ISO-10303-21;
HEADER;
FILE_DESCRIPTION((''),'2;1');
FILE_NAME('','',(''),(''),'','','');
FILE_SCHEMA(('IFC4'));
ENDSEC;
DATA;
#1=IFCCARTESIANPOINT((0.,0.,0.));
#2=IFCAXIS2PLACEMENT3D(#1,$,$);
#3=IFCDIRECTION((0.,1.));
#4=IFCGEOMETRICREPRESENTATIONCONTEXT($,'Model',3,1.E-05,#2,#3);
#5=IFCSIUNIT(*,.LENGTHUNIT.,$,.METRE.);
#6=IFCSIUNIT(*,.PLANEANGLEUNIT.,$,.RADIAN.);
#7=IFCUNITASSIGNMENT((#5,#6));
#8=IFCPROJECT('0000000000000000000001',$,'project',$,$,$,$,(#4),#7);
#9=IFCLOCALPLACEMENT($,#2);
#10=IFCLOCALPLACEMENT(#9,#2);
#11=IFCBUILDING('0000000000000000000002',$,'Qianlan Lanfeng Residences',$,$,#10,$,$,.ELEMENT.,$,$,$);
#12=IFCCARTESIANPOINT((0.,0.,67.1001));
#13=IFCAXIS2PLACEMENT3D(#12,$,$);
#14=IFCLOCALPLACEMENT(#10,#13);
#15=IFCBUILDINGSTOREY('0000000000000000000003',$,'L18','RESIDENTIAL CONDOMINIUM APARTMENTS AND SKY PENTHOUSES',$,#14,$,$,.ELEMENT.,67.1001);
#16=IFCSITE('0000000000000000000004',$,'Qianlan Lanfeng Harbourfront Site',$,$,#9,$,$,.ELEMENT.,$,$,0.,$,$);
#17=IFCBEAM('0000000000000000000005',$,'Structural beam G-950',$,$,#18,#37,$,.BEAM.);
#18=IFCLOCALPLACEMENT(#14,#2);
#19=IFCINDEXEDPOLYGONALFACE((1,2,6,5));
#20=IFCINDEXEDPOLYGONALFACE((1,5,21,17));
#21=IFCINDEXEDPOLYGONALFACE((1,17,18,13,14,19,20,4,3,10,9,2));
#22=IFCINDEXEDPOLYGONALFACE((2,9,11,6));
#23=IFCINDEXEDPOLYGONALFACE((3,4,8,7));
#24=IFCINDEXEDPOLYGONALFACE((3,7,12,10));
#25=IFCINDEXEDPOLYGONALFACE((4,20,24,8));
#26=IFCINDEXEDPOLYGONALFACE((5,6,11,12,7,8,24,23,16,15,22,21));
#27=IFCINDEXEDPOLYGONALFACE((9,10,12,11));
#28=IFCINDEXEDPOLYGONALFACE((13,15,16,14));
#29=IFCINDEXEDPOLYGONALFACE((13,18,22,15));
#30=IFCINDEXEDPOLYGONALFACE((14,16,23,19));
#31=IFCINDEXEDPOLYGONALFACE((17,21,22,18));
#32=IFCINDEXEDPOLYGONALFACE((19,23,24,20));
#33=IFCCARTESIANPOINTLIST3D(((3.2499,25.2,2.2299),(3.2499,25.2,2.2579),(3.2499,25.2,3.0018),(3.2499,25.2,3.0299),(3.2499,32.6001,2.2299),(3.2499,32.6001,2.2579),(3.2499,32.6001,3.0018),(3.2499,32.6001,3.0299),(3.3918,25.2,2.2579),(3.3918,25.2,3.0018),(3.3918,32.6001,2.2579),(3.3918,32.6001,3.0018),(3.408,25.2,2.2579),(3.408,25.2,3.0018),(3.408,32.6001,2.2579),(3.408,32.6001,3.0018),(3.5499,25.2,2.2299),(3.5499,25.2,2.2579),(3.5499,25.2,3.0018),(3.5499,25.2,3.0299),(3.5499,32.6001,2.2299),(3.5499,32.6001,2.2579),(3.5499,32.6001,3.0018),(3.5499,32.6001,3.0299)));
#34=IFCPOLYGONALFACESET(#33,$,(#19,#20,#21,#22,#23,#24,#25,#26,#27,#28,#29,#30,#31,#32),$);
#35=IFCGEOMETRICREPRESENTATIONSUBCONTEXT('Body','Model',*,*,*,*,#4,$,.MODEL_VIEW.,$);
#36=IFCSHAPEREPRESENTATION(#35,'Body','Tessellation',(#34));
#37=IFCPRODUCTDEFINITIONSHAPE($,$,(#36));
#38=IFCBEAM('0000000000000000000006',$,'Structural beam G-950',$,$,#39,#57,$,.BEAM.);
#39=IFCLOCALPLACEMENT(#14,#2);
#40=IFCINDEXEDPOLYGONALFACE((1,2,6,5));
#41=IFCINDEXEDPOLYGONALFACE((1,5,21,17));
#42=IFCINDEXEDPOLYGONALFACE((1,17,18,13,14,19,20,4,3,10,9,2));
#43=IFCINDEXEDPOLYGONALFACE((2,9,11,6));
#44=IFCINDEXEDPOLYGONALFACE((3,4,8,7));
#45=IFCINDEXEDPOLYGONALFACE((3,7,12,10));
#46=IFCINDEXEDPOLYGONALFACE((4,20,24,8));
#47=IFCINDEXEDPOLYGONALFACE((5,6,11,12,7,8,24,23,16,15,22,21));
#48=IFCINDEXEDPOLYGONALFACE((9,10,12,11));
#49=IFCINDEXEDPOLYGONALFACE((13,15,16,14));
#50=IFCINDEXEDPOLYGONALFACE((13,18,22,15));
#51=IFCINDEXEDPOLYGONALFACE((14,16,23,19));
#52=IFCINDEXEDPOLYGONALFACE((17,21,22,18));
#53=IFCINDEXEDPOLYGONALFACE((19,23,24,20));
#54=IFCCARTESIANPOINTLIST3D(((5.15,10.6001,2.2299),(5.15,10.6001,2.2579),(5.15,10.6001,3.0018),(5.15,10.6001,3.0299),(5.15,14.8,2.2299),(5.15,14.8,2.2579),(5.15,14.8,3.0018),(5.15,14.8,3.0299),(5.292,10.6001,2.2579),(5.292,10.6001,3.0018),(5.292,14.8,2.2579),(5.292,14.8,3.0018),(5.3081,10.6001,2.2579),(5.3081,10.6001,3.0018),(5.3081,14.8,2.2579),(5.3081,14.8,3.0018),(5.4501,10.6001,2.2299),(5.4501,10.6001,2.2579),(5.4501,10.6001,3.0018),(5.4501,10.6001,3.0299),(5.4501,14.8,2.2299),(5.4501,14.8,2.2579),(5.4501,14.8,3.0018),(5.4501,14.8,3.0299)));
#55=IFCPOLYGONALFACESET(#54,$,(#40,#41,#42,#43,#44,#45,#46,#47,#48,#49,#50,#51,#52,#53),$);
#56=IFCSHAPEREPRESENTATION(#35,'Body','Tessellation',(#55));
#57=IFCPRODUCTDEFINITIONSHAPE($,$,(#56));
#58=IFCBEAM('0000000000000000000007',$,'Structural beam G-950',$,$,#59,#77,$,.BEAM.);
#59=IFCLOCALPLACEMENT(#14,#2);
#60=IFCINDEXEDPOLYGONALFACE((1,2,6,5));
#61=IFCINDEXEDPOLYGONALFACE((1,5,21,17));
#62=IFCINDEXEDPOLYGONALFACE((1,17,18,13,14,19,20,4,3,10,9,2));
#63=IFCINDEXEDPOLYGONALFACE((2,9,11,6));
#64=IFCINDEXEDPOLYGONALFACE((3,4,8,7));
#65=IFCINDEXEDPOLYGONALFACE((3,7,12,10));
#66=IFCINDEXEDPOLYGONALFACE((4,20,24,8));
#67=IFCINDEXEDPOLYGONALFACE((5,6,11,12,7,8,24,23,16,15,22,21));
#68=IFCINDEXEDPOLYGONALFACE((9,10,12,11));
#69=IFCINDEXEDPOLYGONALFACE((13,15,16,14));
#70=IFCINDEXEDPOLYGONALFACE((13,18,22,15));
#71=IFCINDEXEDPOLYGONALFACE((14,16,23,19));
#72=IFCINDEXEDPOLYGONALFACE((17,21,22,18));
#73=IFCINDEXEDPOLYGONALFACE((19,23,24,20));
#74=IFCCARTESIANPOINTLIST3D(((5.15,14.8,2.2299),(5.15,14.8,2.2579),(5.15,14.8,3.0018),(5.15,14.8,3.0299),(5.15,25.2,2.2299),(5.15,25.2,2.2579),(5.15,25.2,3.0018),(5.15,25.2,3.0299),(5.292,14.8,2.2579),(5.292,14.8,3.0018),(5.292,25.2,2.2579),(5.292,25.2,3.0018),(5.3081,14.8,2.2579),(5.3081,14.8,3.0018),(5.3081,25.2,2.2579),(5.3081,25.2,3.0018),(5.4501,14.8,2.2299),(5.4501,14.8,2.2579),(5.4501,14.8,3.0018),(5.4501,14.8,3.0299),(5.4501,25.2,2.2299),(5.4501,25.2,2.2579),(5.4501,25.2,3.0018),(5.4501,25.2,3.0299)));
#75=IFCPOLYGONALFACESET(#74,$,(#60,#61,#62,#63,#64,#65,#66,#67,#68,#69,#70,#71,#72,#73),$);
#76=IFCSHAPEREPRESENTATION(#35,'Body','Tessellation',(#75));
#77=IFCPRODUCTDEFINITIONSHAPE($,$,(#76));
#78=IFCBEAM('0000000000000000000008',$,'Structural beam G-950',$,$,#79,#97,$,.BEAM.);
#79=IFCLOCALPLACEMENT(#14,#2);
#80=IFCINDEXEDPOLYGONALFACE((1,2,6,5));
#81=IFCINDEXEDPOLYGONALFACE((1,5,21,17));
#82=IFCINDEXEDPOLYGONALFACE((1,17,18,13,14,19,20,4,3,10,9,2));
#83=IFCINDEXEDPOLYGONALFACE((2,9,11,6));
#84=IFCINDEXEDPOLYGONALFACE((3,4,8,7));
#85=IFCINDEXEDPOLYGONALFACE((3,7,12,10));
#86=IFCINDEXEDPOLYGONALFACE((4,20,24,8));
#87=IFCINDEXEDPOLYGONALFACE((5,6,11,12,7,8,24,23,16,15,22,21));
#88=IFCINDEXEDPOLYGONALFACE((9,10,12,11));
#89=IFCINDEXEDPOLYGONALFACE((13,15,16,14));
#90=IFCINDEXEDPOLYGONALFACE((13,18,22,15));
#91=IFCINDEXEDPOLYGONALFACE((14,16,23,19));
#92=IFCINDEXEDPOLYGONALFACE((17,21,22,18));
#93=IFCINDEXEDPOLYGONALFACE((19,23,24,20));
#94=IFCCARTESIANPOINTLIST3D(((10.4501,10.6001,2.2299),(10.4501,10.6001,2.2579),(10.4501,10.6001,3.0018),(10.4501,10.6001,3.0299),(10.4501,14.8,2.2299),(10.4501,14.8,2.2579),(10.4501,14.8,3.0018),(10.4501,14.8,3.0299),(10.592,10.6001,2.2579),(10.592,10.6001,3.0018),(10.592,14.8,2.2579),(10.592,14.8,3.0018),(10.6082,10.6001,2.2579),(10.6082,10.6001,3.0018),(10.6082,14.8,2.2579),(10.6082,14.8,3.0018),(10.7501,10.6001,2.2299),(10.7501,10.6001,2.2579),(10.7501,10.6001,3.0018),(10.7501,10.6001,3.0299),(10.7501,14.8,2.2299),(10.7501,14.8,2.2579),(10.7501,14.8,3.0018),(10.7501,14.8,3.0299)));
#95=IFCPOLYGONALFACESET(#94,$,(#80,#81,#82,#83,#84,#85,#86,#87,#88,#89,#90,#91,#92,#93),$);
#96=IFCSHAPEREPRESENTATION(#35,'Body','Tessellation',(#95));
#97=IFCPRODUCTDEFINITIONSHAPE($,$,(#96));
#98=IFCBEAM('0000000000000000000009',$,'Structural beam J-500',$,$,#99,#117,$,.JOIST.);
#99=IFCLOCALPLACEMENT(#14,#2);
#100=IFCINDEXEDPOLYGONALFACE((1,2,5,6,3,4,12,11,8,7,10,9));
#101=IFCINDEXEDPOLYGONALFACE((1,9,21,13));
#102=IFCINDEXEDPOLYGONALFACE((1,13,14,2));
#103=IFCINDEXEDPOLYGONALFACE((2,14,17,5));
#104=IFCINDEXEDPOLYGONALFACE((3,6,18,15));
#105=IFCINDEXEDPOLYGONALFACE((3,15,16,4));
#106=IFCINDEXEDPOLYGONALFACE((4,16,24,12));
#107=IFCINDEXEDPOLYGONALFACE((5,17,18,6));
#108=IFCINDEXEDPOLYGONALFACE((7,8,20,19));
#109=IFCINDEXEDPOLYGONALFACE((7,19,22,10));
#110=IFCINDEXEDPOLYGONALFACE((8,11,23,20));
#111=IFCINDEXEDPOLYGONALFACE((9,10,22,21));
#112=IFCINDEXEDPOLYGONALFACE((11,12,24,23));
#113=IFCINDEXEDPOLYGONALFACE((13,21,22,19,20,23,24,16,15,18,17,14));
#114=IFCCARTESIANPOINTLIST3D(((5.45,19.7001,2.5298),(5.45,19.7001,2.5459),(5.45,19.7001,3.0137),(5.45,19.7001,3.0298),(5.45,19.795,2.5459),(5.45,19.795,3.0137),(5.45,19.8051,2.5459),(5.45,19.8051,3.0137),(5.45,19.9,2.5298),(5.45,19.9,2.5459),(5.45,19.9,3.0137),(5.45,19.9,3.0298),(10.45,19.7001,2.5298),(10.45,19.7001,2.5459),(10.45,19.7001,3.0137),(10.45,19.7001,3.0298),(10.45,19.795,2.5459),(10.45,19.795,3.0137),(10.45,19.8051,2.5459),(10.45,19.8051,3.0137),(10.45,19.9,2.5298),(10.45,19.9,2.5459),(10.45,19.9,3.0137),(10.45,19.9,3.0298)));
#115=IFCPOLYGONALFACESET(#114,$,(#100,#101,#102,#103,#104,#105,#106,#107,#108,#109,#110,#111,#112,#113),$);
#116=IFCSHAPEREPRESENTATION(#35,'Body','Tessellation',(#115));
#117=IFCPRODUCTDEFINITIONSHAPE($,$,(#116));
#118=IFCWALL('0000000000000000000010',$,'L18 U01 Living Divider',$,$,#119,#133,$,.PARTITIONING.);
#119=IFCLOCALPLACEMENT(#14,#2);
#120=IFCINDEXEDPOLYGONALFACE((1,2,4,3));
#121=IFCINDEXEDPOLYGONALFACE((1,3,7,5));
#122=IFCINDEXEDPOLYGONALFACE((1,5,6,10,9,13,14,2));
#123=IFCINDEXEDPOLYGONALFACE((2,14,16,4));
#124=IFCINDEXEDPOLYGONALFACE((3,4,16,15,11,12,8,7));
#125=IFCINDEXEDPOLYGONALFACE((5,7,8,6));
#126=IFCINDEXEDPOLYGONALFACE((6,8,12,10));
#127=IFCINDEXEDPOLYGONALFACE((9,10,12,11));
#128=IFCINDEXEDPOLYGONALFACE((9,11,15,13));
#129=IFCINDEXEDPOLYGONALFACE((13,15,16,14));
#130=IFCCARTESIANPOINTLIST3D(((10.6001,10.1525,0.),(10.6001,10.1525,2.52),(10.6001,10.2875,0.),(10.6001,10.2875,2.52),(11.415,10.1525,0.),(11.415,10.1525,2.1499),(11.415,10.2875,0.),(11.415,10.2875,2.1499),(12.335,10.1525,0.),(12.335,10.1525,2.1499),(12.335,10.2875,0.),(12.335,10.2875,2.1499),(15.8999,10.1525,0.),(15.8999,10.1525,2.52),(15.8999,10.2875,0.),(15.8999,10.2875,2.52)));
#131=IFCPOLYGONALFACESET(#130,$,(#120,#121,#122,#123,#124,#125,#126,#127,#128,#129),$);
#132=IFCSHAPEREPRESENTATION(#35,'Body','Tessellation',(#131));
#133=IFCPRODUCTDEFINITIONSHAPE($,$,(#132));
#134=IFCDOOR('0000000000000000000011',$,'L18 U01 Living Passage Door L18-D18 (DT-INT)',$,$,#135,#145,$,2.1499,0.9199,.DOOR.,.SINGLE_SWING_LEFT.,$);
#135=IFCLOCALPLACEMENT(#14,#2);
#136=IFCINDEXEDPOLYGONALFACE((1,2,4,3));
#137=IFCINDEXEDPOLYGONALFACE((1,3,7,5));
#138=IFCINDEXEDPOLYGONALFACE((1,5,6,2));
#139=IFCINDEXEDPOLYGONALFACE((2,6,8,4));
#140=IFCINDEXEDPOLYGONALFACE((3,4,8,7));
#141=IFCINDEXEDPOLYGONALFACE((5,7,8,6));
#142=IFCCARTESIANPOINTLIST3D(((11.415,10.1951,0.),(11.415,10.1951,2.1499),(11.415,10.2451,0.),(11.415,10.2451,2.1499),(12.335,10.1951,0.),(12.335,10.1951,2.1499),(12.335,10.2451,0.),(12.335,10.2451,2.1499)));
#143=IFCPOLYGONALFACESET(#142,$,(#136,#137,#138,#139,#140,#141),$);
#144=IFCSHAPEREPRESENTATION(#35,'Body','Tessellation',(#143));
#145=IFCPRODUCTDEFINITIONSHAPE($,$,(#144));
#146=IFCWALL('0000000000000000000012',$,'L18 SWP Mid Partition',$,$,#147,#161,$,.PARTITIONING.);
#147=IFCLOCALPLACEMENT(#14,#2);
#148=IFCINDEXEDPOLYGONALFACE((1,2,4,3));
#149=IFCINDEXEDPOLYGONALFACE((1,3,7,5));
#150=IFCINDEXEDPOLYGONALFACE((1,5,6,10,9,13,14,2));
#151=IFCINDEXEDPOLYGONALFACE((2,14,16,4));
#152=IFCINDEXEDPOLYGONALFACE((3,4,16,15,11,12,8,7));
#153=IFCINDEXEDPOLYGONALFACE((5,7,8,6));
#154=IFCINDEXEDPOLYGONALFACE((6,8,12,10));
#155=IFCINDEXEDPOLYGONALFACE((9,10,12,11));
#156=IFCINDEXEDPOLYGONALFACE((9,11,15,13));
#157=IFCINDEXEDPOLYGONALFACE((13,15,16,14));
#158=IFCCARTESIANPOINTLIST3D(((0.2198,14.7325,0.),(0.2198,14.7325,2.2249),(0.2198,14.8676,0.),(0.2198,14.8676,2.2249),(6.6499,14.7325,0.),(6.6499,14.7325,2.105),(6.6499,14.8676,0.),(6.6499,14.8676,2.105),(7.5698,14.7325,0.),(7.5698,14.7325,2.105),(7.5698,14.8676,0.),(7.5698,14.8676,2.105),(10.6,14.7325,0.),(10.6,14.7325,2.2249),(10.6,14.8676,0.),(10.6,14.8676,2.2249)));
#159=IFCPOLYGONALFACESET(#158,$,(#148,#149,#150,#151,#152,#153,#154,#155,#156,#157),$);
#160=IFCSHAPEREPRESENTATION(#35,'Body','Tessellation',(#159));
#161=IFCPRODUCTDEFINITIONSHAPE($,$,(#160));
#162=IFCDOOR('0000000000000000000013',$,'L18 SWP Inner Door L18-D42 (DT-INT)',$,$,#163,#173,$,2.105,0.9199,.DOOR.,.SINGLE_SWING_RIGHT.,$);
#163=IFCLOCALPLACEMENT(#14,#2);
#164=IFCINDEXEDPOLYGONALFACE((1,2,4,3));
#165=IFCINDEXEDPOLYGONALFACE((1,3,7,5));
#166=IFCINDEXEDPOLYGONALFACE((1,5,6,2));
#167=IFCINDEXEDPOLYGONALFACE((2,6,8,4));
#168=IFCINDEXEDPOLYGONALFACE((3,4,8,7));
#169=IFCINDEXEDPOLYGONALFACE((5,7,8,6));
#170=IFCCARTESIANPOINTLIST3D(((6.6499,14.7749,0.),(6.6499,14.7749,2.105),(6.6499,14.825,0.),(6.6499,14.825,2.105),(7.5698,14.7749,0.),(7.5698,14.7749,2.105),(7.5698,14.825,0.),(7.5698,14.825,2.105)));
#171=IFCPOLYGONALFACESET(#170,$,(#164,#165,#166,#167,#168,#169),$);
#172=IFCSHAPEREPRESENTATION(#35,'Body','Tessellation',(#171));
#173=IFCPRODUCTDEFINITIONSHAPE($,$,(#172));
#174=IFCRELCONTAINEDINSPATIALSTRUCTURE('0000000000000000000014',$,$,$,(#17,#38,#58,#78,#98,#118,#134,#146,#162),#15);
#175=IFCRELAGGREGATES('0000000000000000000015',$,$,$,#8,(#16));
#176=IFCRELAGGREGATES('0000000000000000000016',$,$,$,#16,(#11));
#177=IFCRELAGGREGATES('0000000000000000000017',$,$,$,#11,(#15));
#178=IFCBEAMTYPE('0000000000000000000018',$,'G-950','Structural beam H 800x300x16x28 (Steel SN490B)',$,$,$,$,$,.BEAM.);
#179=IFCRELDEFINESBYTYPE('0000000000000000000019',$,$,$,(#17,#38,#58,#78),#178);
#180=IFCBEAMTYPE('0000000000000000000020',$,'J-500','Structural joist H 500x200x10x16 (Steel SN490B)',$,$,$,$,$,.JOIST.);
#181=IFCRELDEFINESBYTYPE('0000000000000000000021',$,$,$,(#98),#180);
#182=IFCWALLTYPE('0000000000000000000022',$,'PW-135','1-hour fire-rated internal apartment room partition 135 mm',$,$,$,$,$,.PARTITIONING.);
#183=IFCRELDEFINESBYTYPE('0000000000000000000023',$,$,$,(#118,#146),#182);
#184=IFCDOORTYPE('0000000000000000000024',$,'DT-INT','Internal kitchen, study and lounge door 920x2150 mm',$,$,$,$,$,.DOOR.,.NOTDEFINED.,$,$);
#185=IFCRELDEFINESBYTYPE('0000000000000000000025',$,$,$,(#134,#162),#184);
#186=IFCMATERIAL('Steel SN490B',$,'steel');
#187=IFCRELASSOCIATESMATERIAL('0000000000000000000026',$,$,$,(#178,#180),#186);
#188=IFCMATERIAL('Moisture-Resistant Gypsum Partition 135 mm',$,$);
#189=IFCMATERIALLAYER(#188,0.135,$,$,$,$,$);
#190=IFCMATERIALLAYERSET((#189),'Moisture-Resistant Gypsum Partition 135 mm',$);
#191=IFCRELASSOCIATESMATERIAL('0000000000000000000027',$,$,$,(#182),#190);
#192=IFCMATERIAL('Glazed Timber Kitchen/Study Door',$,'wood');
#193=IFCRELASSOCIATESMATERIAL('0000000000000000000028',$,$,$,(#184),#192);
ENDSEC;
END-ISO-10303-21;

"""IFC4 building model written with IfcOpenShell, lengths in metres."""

from ifc_helpers import new_model, si_unit, direction, frame, frame_2d, origin, origin_2d, place, context, subcontext, project, spatial, rectangle, i_section, extrude, material, layer, layer_set, material_profile, profile_set, type_object, element, fill, save


model = new_model("IFC4")

# Units and contexts
model_context = context("Model", 3, precision=1e-05, world=origin(), true_north=direction((0.0, 1.0)))
body_context = subcontext(model_context, "Body", "Model", "MODEL_VIEW")
ifc_project = project(units=[si_unit("LENGTHUNIT", "METRE"), si_unit("PLANEANGLEUNIT", "RADIAN")], contexts=[model_context])

# Site, building, storey
site_placement = place(None, origin())
site = spatial("IfcSite", under=ifc_project, at=site_placement, Name="Qianlan Lanfeng Harbourfront Site", CompositionType="ELEMENT", RefElevation=0.0)
building_placement = place(site_placement, origin())
building = spatial("IfcBuilding", under=site, at=building_placement, Name="Qianlan Lanfeng Residences", CompositionType="ELEMENT")
storey_placement = place(building_placement, frame((0.0, 0.0, 67.1001)))
storey = spatial("IfcBuildingStorey", under=building, at=storey_placement, Name="L18", Description="RESIDENTIAL CONDOMINIUM APARTMENTS AND SKY PENTHOUSES", CompositionType="ELEMENT", Elevation=67.1001)

# Shared definitions
ifc_material_1 = material(Name="Steel SN490B", Category="steel")

# Beams
ifc_material_profile_1 = material_profile(ifc_material_1, i_section(OverallWidth=0.3, OverallDepth=0.8, WebThickness=0.0161, FlangeThickness=0.0281, at=origin_2d()), Name="H 800x300x16x28")
ifc_profile_set_1 = profile_set([ifc_material_profile_1], Name="Steel SN490B")
beam_type_1 = type_object("IfcBeamType", Name="G-950", Description="Structural beam H 800x300x16x28 (Steel SN490B)", PredefinedType="BEAM", material=ifc_profile_set_1)
beam_1_placement = place(storey_placement, frame((3.3999, 25.2, 2.6299), z_axis=(0.0, 1.0, 0.0), x_axis=(-1.0, 0.0, 0.0)))
element("IfcBeam", 1, at=beam_1_placement, inside=storey, type_object=beam_type_1, Name="Structural beam G-950", PredefinedType="BEAM", context=body_context, shape_type="SweptSolid", body=[
    extrude(i_section(OverallWidth=0.3, OverallDepth=0.8, WebThickness=0.0161, FlangeThickness=0.0281, at=origin_2d()), origin(), (0.0, 0.0, 1.0), 7.4001),
])
beam_2_placement = place(storey_placement, frame((5.3, 10.6001, 2.6299), z_axis=(0.0, 1.0, 0.0), x_axis=(-1.0, 0.0, 0.0)))
element("IfcBeam", 2, at=beam_2_placement, inside=storey, type_object=beam_type_1, Name="Structural beam G-950", PredefinedType="BEAM", context=body_context, shape_type="SweptSolid", body=[
    extrude(i_section(OverallWidth=0.3, OverallDepth=0.8, WebThickness=0.0161, FlangeThickness=0.0281, at=origin_2d()), origin(), (0.0, 0.0, 1.0), 4.2),
])
beam_3_placement = place(storey_placement, frame((5.3, 14.8, 2.6299), z_axis=(0.0, 1.0, 0.0), x_axis=(-1.0, 0.0, 0.0)))
element("IfcBeam", 3, at=beam_3_placement, inside=storey, type_object=beam_type_1, Name="Structural beam G-950", PredefinedType="BEAM", context=body_context, shape_type="SweptSolid", body=[
    extrude(i_section(OverallWidth=0.3, OverallDepth=0.8, WebThickness=0.0161, FlangeThickness=0.0281, at=origin_2d()), origin(), (0.0, 0.0, 1.0), 10.3999),
])
beam_4_placement = place(storey_placement, frame((10.6001, 10.6001, 2.6299), z_axis=(0.0, 1.0, 0.0), x_axis=(-1.0, 0.0, 0.0)))
element("IfcBeam", 4, at=beam_4_placement, inside=storey, type_object=beam_type_1, Name="Structural beam G-950", PredefinedType="BEAM", context=body_context, shape_type="SweptSolid", body=[
    extrude(i_section(OverallWidth=0.3, OverallDepth=0.8, WebThickness=0.0161, FlangeThickness=0.0281, at=origin_2d()), origin(), (0.0, 0.0, 1.0), 4.2),
])
ifc_material_profile_2 = material_profile(ifc_material_1, i_section(OverallWidth=0.2, OverallDepth=0.5, WebThickness=0.01, FlangeThickness=0.0161, at=origin_2d()), Name="H 500x200x10x16")
ifc_profile_set_2 = profile_set([ifc_material_profile_2], Name="Steel SN490B")
beam_type_2 = type_object("IfcBeamType", Name="J-500", Description="Structural joist H 500x200x10x16 (Steel SN490B)", PredefinedType="JOIST", material=ifc_profile_set_2)
beam_5_placement = place(storey_placement, frame((5.45, 19.8, 2.7798), z_axis=(1.0, 0.0, 0.0), x_axis=(0.0, 1.0, 0.0)))
element("IfcBeam", 5, at=beam_5_placement, inside=storey, type_object=beam_type_2, Name="Structural beam J-500", PredefinedType="JOIST", context=body_context, shape_type="SweptSolid", body=[
    extrude(i_section(OverallWidth=0.2, OverallDepth=0.5, WebThickness=0.01, FlangeThickness=0.0161, at=origin_2d()), origin(), (0.0, 0.0, 1.0), 5.0),
])

# Walls, openings, doors
ifc_material_2 = material(Name="Moisture-Resistant Gypsum Partition 135 mm")
ifc_layer_1 = layer(ifc_material_2, 0.135)
ifc_layer_set_1 = layer_set([ifc_layer_1], Name="Moisture-Resistant Gypsum Partition 135 mm")
wall_type_1 = type_object("IfcWallType", Name="PW-135", Description="1-hour fire-rated internal apartment room partition 135 mm", PredefinedType="PARTITIONING", material=ifc_layer_set_1)
wall_1_placement = place(storey_placement, frame((10.6001, 10.22, 0.0), z_axis=(0.0, 0.0, 1.0), x_axis=(1.0, 0.0, 0.0)))
wall_1 = element("IfcWall", 6, at=wall_1_placement, inside=storey, type_object=wall_type_1, Name="L18 U01 Living Divider", PredefinedType="PARTITIONING", context=body_context, shape_type="SweptSolid", body=[
    extrude(rectangle(XDim=5.2998, YDim=0.135, at=frame_2d((2.6499, 0.0))), origin(), (0.0, 0.0, 1.0), 2.52),
])
opening_1_placement = place(wall_1_placement, frame((0.8149, 0.0, 0.0)))
opening_1 = element("IfcOpeningElement", 7, at=opening_1_placement, cuts=wall_1, PredefinedType="OPENING", context=body_context, shape_type="SweptSolid", body=[
    extrude(rectangle(XDim=0.9199, YDim=2.1499, at=frame_2d((0.46, 1.075))), frame((0.0, 0.0776, 0.0), z_axis=(0.0, -1.0, 0.0), x_axis=(1.0, 0.0, 0.0)), (0.0, 0.0, 1.0), 0.155),
])
ifc_material_3 = material(Name="Glazed Timber Kitchen/Study Door", Category="wood")
door_type_1 = type_object("IfcDoorType", Name="DT-INT", Description="Internal kitchen, study and lounge door 920x2150 mm", OperationType="NOTDEFINED", PredefinedType="DOOR", material=ifc_material_3)
door_1_placement = place(opening_1_placement, frame((0.9199, 0.0, 0.0), z_axis=(0.0, 0.0, 1.0), x_axis=(-1.0, 0.0, 0.0)))
door_1 = element("IfcDoor", 8, at=door_1_placement, inside=storey, type_object=door_type_1, Name="L18 U01 Living Passage Door L18-D18 (DT-INT)", OperationType="SINGLE_SWING_LEFT", OverallHeight=2.1499, OverallWidth=0.9199, PredefinedType="DOOR", context=body_context, shape_type="SweptSolid", body=[
    extrude(rectangle(XDim=0.9199, YDim=2.1499, at=frame_2d((0.46, 1.075))), frame((0.0, 0.0249, 0.0), z_axis=(0.0, -1.0, 0.0), x_axis=(1.0, 0.0, 0.0)), (0.0, 0.0, 1.0), 0.05),
])
fill(opening_1, door_1)
wall_2_placement = place(storey_placement, frame((0.22, 14.8, 0.0), z_axis=(0.0, 0.0, 1.0), x_axis=(1.0, 0.0, 0.0)))
wall_2 = element("IfcWall", 9, at=wall_2_placement, inside=storey, type_object=wall_type_1, Name="L18 SWP Mid Partition", PredefinedType="PARTITIONING", context=body_context, shape_type="SweptSolid", body=[
    extrude(rectangle(XDim=10.3801, YDim=0.135, at=frame_2d((5.1899, 0.0))), origin(), (0.0, 0.0, 1.0), 2.2249),
])
opening_2_placement = place(wall_2_placement, frame((6.4299, 0.0, 0.0)))
opening_2 = element("IfcOpeningElement", 10, at=opening_2_placement, cuts=wall_2, PredefinedType="OPENING", context=body_context, shape_type="SweptSolid", body=[
    extrude(rectangle(XDim=0.9199, YDim=2.105, at=frame_2d((0.46, 1.0525))), frame((0.0, 0.0776, 0.0), z_axis=(0.0, -1.0, 0.0), x_axis=(1.0, 0.0, 0.0)), (0.0, 0.0, 1.0), 0.155),
])
door_2_placement = place(opening_2_placement, origin())
door_2 = element("IfcDoor", 11, at=door_2_placement, inside=storey, type_object=door_type_1, Name="L18 SWP Inner Door L18-D42 (DT-INT)", OperationType="SINGLE_SWING_RIGHT", OverallHeight=2.105, OverallWidth=0.9199, PredefinedType="DOOR", context=body_context, shape_type="SweptSolid", body=[
    extrude(rectangle(XDim=0.9199, YDim=2.105, at=frame_2d((0.46, 1.0525))), frame((0.0, 0.0249, 0.0), z_axis=(0.0, -1.0, 0.0), x_axis=(1.0, 0.0, 0.0)), (0.0, 0.0, 1.0), 0.05),
])
fill(opening_2, door_2)

save(model, "model.ifc")
